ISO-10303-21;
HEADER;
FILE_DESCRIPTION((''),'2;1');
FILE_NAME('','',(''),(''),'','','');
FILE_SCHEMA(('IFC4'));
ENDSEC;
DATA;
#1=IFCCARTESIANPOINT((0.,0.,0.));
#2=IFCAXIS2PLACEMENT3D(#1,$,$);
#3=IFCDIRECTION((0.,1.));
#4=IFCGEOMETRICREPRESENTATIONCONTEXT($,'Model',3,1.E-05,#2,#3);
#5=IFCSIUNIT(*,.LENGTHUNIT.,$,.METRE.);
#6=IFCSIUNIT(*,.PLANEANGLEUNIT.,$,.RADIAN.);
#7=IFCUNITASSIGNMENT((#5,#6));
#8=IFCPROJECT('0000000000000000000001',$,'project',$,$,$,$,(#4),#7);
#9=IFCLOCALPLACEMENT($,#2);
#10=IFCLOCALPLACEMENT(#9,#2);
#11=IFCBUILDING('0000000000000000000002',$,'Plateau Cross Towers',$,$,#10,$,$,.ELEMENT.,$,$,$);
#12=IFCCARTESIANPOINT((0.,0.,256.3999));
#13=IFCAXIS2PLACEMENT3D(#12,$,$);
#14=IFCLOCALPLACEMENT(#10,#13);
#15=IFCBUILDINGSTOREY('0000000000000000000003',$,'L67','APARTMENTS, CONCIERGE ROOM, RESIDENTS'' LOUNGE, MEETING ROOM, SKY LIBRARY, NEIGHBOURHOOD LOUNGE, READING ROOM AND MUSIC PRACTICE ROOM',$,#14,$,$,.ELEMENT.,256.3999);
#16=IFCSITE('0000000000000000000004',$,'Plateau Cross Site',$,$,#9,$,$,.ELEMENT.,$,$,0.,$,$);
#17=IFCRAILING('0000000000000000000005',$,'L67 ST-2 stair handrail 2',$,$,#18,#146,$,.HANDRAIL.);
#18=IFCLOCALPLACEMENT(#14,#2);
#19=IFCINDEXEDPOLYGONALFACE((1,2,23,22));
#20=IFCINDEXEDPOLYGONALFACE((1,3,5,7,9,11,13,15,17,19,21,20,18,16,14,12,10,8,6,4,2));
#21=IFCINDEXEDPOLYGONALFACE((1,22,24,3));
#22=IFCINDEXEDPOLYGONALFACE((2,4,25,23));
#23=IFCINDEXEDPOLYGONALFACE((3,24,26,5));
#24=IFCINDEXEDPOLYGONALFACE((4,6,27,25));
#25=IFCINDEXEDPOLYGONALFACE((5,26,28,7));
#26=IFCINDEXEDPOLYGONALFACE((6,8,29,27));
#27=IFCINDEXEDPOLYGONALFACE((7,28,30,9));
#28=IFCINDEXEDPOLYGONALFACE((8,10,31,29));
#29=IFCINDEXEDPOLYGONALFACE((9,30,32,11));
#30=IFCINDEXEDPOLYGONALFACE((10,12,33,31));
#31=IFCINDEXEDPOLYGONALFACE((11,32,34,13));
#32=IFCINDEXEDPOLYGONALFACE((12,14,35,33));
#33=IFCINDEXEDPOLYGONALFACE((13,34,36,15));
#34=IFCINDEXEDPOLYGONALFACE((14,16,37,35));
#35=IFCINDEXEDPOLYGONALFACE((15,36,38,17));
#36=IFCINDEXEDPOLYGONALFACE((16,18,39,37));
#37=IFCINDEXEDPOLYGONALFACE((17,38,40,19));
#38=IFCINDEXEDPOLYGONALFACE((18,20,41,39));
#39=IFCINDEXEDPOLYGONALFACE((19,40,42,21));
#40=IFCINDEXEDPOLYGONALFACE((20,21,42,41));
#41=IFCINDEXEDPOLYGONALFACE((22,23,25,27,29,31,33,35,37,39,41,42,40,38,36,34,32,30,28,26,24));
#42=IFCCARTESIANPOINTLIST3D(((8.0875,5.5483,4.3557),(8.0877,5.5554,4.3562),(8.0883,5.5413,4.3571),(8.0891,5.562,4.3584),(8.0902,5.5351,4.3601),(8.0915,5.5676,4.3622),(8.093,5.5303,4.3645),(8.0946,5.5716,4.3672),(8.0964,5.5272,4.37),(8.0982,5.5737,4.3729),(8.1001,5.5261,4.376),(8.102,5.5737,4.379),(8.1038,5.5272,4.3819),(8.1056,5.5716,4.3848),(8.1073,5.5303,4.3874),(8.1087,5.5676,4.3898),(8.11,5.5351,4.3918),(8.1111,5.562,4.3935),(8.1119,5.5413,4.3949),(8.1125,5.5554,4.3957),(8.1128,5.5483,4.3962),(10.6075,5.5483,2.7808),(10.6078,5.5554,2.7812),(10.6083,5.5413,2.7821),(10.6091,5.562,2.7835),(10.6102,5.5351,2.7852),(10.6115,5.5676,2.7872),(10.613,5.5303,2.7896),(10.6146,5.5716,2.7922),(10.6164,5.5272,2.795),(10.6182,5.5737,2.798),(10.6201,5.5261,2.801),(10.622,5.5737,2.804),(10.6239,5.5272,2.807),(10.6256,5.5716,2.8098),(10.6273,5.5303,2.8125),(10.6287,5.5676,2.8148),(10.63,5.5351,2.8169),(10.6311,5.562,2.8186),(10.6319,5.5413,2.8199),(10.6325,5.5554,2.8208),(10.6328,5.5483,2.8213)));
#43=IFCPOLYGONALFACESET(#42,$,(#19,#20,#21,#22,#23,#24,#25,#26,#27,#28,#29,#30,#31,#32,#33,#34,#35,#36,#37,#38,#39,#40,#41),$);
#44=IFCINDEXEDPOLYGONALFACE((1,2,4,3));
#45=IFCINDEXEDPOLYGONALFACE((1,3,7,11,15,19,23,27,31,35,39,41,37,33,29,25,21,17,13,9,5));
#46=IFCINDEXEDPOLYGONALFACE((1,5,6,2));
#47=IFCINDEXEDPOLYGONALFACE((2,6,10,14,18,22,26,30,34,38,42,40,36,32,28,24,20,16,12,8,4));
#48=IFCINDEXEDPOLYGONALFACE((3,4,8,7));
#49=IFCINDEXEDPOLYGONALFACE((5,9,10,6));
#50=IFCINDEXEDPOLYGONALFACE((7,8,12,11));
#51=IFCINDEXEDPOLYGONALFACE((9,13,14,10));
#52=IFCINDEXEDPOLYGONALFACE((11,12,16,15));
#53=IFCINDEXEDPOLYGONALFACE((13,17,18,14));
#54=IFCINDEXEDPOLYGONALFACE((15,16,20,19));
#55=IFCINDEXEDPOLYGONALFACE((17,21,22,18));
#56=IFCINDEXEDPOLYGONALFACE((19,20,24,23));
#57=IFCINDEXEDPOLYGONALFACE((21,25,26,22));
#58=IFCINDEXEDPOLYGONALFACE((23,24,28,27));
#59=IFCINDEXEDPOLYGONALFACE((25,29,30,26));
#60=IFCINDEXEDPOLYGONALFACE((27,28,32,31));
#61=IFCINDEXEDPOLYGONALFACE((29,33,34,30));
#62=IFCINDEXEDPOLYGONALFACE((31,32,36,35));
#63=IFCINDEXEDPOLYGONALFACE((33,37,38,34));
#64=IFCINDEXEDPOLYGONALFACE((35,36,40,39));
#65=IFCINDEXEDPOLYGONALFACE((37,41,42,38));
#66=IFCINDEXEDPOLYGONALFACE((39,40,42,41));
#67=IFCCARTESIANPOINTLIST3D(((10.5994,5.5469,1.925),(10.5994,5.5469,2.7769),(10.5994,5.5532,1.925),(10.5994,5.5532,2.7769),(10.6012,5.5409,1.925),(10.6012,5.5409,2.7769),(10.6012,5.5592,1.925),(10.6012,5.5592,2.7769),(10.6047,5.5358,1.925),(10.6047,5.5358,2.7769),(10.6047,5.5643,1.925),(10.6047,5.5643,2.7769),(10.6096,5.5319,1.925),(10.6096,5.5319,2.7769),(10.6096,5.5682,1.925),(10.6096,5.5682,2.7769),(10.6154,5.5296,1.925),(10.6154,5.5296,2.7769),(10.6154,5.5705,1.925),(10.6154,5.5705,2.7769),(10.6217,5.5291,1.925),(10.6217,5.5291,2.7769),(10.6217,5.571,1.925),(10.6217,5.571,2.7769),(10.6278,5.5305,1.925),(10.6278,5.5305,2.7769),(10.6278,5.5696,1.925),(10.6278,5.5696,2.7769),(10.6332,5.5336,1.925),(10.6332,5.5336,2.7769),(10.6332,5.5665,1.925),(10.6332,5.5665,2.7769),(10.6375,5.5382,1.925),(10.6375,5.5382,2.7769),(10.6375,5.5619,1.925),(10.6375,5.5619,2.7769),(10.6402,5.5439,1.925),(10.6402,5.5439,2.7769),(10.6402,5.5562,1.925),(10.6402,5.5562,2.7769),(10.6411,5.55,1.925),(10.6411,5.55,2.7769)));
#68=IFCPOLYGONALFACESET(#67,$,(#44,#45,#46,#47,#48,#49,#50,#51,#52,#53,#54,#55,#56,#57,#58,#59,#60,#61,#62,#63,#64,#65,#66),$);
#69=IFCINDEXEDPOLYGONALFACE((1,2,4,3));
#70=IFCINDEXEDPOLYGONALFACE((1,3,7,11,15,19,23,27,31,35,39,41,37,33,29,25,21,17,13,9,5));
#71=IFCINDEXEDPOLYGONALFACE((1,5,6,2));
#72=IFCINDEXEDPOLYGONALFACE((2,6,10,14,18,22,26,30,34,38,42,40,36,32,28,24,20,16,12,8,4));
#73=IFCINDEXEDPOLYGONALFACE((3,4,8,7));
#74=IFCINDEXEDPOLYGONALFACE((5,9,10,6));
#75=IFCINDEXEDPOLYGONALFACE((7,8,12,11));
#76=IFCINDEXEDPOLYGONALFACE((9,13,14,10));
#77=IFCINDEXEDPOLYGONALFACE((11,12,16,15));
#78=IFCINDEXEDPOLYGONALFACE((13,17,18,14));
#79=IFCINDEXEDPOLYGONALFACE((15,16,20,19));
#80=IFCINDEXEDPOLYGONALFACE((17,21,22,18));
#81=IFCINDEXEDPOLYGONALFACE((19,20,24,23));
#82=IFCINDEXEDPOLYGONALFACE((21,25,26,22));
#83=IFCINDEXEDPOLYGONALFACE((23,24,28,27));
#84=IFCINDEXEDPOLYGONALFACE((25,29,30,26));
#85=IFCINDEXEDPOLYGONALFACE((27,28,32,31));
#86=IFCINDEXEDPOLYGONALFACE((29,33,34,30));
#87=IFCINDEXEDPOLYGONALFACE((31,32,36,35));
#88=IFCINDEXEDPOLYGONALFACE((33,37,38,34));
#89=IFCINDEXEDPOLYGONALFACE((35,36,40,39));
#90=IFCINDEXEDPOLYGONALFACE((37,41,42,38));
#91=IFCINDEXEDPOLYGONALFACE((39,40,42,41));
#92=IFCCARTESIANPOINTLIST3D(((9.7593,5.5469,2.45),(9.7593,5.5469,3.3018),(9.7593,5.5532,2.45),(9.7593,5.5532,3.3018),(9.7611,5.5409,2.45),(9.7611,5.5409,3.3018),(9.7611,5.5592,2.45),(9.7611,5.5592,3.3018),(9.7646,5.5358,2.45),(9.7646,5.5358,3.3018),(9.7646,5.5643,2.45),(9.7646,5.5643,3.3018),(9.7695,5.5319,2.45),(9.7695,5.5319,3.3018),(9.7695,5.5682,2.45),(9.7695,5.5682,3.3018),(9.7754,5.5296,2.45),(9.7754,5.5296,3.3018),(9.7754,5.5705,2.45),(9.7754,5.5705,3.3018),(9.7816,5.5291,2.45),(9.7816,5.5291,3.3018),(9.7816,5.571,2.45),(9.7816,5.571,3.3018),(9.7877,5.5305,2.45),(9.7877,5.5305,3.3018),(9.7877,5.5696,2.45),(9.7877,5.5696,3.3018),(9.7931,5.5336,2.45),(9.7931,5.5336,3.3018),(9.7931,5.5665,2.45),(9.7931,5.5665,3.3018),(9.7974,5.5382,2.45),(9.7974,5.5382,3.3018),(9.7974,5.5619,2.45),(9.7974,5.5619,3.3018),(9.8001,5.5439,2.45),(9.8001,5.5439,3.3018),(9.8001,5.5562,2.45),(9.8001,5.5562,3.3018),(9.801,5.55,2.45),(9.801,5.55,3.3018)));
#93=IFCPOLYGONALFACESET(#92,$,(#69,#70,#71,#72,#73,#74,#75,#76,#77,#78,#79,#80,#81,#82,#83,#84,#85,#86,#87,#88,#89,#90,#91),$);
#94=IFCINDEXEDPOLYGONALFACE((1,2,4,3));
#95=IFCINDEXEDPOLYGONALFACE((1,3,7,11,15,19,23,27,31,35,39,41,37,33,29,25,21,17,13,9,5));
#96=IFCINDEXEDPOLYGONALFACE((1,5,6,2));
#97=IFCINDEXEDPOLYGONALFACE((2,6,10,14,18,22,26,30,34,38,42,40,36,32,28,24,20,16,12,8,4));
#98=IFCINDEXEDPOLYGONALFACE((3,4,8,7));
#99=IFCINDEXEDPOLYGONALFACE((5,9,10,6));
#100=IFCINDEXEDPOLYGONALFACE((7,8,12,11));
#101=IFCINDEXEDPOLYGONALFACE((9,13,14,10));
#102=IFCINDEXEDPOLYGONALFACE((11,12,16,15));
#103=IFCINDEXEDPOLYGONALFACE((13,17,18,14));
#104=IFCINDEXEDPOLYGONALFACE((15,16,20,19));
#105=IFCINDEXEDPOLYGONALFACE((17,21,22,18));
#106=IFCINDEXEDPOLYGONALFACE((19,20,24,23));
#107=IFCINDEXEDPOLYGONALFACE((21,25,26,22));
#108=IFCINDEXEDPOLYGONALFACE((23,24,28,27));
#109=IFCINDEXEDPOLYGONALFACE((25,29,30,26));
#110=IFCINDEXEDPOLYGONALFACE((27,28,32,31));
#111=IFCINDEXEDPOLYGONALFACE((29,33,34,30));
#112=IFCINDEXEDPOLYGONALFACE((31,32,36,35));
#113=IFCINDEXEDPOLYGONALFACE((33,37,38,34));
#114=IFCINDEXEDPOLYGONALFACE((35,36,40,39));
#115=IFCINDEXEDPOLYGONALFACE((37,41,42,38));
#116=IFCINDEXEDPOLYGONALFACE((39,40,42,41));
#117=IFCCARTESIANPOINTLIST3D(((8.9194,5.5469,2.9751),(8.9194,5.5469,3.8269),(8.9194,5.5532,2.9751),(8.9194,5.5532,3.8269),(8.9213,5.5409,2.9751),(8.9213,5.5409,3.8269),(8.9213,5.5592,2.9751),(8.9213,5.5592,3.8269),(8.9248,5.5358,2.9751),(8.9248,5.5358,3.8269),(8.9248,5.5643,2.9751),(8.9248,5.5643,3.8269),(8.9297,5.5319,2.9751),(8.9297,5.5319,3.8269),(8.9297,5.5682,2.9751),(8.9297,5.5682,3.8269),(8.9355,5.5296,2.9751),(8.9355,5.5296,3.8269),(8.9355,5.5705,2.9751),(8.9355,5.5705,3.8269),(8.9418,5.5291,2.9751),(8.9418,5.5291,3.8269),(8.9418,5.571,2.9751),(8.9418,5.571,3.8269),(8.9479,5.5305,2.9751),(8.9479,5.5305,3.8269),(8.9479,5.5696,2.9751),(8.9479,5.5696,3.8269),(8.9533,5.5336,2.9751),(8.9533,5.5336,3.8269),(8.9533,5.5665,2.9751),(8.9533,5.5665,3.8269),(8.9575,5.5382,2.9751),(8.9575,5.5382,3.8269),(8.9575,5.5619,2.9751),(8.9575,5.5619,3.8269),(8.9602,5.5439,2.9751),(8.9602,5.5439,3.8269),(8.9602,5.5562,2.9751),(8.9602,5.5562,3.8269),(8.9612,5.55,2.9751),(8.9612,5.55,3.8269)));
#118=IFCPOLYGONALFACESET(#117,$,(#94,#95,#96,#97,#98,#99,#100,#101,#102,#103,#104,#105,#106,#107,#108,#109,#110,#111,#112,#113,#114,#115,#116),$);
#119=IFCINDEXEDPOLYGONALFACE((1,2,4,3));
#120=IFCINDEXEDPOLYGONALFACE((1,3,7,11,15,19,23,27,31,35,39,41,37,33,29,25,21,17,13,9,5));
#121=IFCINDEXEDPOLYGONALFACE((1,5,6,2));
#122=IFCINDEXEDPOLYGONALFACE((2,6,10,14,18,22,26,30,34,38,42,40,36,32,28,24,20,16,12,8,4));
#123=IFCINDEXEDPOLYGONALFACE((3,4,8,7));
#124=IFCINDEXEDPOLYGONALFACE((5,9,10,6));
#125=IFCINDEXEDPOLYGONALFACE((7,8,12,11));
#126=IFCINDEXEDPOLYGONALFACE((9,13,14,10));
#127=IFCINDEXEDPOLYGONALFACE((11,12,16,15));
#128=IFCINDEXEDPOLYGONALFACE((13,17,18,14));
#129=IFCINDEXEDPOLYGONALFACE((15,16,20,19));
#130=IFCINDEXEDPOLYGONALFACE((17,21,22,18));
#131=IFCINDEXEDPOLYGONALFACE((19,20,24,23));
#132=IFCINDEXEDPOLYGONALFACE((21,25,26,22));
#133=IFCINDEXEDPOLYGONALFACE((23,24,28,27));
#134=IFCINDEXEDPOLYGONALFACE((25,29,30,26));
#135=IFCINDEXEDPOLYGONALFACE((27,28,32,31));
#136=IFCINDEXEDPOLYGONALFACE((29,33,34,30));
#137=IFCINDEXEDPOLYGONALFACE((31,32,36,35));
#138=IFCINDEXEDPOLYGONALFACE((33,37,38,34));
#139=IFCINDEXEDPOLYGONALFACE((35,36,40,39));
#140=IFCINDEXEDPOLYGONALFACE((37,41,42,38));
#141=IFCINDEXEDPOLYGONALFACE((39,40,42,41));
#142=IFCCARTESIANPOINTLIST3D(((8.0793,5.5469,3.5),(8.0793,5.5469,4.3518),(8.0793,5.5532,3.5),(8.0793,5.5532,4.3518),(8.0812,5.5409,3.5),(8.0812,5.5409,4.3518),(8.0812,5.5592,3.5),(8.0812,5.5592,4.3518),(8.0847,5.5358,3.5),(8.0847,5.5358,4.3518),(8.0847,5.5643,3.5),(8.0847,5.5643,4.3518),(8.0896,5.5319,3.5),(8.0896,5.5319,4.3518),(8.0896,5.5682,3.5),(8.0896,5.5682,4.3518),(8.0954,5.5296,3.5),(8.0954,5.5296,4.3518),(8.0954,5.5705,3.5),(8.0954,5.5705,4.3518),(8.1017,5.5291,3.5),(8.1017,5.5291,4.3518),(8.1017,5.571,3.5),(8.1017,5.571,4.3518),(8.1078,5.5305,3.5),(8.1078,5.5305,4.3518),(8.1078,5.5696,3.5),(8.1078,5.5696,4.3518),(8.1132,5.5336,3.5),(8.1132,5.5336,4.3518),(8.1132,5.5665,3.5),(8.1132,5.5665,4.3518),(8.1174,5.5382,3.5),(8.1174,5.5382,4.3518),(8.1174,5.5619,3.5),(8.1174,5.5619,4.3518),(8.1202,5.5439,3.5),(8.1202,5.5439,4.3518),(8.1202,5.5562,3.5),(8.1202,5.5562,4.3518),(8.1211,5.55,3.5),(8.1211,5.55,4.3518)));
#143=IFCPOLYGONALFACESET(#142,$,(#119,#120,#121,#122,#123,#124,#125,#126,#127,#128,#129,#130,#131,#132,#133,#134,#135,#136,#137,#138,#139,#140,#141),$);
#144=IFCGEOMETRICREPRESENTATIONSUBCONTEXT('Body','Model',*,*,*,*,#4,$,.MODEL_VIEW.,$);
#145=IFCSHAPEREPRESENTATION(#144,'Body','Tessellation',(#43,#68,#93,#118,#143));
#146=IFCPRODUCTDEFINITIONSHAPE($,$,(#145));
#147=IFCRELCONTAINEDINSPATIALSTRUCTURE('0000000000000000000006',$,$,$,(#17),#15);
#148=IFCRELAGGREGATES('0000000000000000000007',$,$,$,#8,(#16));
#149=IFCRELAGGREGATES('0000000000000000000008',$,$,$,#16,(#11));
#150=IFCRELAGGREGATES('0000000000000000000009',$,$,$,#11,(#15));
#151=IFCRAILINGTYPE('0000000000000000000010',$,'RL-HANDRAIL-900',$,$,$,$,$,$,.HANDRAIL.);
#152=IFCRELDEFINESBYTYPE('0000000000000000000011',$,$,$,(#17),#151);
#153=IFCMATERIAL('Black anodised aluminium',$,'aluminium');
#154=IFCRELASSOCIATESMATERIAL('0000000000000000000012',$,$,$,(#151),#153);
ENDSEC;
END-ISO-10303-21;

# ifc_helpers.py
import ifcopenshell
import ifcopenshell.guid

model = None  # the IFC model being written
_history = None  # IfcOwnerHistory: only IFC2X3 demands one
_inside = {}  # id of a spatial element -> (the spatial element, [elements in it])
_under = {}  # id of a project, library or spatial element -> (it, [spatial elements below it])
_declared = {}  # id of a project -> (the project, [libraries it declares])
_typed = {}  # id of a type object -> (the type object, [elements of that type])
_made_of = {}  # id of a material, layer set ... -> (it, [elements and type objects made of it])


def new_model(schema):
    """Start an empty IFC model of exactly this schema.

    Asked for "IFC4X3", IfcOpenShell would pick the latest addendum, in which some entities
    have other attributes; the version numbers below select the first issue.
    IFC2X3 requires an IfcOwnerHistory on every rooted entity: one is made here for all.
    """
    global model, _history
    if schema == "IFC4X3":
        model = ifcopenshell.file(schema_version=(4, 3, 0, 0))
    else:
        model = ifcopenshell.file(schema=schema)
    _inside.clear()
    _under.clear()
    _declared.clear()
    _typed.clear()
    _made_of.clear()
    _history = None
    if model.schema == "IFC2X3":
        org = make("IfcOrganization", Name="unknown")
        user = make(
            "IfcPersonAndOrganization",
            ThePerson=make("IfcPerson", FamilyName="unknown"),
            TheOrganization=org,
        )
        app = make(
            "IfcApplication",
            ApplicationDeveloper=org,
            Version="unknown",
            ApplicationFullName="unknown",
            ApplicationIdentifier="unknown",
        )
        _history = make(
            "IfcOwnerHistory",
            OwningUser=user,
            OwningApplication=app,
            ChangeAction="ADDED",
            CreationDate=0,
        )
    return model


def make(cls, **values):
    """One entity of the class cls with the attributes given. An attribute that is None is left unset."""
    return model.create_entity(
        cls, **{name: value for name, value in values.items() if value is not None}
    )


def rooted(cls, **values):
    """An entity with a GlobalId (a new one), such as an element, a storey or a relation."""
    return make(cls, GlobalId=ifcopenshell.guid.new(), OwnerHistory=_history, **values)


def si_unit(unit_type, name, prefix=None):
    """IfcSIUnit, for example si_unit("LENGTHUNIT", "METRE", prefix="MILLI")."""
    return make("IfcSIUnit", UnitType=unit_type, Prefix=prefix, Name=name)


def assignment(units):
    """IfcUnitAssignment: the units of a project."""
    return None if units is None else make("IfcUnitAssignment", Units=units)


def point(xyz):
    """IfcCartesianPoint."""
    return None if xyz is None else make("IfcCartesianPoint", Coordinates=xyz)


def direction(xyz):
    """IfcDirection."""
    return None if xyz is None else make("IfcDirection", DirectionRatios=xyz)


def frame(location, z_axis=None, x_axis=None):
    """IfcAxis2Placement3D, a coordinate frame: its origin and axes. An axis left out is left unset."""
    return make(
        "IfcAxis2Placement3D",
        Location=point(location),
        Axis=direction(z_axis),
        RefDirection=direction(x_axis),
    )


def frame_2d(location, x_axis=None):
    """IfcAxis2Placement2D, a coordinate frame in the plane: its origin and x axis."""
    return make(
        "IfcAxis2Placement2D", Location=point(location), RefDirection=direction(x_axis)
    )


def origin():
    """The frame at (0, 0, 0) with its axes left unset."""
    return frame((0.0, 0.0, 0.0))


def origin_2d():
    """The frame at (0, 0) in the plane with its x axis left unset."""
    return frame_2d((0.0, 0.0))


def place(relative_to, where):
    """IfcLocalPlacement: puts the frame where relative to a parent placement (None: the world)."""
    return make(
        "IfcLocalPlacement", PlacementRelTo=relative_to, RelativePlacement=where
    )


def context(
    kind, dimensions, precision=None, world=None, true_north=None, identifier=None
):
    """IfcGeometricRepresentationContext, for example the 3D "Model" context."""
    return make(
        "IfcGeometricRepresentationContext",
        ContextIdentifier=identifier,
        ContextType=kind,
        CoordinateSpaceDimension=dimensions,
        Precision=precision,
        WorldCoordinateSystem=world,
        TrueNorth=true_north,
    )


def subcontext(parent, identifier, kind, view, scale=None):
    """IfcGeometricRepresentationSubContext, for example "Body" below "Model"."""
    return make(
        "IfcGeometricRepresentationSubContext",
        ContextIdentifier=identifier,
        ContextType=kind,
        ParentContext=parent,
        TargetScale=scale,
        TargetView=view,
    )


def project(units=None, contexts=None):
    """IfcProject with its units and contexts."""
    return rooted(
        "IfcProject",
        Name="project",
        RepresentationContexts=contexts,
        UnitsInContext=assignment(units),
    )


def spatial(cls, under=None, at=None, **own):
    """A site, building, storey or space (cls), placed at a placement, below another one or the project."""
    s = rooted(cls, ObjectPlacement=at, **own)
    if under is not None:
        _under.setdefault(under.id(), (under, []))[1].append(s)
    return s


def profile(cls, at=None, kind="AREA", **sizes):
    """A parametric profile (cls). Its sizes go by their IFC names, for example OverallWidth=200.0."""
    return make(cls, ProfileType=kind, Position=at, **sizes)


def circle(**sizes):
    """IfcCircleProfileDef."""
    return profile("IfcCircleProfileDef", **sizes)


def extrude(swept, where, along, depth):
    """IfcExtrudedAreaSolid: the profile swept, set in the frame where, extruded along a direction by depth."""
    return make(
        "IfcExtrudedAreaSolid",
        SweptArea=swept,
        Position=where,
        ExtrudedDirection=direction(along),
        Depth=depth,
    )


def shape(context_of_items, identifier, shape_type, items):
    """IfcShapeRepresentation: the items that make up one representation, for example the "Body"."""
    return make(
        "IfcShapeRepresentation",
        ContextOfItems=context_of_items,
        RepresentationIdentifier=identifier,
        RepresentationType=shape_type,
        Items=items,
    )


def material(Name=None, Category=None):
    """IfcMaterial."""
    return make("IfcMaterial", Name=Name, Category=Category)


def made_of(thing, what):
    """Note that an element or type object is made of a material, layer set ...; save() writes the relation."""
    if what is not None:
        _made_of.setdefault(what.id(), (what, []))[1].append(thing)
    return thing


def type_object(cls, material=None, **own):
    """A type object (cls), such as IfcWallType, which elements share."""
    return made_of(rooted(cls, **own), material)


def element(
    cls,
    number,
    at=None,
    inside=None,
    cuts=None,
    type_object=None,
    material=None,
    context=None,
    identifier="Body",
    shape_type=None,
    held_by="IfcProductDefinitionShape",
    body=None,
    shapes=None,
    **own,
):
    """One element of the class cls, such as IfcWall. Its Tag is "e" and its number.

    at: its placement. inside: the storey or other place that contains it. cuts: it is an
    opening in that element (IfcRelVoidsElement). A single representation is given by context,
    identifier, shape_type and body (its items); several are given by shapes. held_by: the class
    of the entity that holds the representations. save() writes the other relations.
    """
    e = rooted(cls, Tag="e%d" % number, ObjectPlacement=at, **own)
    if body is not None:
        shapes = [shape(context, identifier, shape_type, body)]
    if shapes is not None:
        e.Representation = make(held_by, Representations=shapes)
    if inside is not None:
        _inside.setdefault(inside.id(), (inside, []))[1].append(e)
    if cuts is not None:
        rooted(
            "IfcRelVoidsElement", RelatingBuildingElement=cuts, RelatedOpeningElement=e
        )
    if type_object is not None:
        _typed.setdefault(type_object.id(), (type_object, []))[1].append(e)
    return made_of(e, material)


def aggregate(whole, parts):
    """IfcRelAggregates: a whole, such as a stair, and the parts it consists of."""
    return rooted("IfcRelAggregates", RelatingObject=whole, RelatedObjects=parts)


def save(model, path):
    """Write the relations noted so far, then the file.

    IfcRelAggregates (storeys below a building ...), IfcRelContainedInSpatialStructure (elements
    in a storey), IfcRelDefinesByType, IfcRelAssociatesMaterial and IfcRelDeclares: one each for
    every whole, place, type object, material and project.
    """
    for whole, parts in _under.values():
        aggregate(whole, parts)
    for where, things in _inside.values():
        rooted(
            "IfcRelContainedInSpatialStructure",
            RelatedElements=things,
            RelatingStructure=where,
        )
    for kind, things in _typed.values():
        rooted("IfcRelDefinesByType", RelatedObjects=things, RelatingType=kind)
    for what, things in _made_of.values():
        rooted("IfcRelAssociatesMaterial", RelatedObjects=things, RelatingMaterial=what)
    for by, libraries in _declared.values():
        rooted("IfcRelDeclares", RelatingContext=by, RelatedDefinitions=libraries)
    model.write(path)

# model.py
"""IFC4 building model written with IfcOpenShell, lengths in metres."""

from ifc_helpers import new_model, si_unit, direction, frame, origin, origin_2d, place, context, subcontext, project, spatial, circle, extrude, material, type_object, element, save


model = new_model("IFC4")

# Units and contexts
model_context = context("Model", 3, precision=1e-05, world=origin(), true_north=direction((0.0, 1.0)))
body_context = subcontext(model_context, "Body", "Model", "MODEL_VIEW")
ifc_project = project(units=[si_unit("LENGTHUNIT", "METRE"), si_unit("PLANEANGLEUNIT", "RADIAN")], contexts=[model_context])

# Site, building, storey
site_placement = place(None, origin())
site = spatial("IfcSite", under=ifc_project, at=site_placement, Name="Plateau Cross Site", CompositionType="ELEMENT", RefElevation=0.0)
building_placement = place(site_placement, origin())
building = spatial("IfcBuilding", under=site, at=building_placement, Name="Plateau Cross Towers", CompositionType="ELEMENT")
storey_placement = place(building_placement, frame((0.0, 0.0, 256.3999)))
storey = spatial("IfcBuildingStorey", under=building, at=storey_placement, Name="L67", Description="APARTMENTS, CONCIERGE ROOM, RESIDENTS' LOUNGE, MEETING ROOM, SKY LIBRARY, NEIGHBOURHOOD LOUNGE, READING ROOM AND MUSIC PRACTICE ROOM", CompositionType="ELEMENT", Elevation=256.3999)

# Shared definitions
ifc_material_1 = material(Name="Black anodised aluminium", Category="aluminium")

# Railing
railing_type_1 = type_object("IfcRailingType", Name="RL-HANDRAIL-900", PredefinedType="HANDRAIL", material=ifc_material_1)
railing_1_placement = place(storey_placement, frame((10.6201, 5.55, 1.925)))
element("IfcRailing", 1, at=railing_1_placement, inside=storey, type_object=railing_type_1, Name="L67 ST-2 stair handrail 2", PredefinedType="HANDRAIL", context=body_context, shape_type="SweptSolid", body=[
    extrude(circle(Radius=0.0239, at=origin_2d()), frame((0.0, 0.0, 0.876), z_axis=(-0.848008, 0.0, 0.529984), x_axis=(0.0, -1.0, 0.0)), (0.0, 0.0, 1.0), 2.9717),
    extrude(circle(Radius=0.021, at=origin_2d()), origin(), (0.0, 0.0, 1.0), 0.8518),
    extrude(circle(Radius=0.021, at=origin_2d()), frame((-0.8401, 0.0, 0.5249)), (0.0, 0.0, 1.0), 0.8518),
    extrude(circle(Radius=0.021, at=origin_2d()), frame((-1.6799, 0.0, 1.05)), (0.0, 0.0, 1.0), 0.8518),
    extrude(circle(Radius=0.021, at=origin_2d()), frame((-2.52, 0.0, 1.575)), (0.0, 0.0, 1.0), 0.8518),
])

save(model, "model.ifc")
